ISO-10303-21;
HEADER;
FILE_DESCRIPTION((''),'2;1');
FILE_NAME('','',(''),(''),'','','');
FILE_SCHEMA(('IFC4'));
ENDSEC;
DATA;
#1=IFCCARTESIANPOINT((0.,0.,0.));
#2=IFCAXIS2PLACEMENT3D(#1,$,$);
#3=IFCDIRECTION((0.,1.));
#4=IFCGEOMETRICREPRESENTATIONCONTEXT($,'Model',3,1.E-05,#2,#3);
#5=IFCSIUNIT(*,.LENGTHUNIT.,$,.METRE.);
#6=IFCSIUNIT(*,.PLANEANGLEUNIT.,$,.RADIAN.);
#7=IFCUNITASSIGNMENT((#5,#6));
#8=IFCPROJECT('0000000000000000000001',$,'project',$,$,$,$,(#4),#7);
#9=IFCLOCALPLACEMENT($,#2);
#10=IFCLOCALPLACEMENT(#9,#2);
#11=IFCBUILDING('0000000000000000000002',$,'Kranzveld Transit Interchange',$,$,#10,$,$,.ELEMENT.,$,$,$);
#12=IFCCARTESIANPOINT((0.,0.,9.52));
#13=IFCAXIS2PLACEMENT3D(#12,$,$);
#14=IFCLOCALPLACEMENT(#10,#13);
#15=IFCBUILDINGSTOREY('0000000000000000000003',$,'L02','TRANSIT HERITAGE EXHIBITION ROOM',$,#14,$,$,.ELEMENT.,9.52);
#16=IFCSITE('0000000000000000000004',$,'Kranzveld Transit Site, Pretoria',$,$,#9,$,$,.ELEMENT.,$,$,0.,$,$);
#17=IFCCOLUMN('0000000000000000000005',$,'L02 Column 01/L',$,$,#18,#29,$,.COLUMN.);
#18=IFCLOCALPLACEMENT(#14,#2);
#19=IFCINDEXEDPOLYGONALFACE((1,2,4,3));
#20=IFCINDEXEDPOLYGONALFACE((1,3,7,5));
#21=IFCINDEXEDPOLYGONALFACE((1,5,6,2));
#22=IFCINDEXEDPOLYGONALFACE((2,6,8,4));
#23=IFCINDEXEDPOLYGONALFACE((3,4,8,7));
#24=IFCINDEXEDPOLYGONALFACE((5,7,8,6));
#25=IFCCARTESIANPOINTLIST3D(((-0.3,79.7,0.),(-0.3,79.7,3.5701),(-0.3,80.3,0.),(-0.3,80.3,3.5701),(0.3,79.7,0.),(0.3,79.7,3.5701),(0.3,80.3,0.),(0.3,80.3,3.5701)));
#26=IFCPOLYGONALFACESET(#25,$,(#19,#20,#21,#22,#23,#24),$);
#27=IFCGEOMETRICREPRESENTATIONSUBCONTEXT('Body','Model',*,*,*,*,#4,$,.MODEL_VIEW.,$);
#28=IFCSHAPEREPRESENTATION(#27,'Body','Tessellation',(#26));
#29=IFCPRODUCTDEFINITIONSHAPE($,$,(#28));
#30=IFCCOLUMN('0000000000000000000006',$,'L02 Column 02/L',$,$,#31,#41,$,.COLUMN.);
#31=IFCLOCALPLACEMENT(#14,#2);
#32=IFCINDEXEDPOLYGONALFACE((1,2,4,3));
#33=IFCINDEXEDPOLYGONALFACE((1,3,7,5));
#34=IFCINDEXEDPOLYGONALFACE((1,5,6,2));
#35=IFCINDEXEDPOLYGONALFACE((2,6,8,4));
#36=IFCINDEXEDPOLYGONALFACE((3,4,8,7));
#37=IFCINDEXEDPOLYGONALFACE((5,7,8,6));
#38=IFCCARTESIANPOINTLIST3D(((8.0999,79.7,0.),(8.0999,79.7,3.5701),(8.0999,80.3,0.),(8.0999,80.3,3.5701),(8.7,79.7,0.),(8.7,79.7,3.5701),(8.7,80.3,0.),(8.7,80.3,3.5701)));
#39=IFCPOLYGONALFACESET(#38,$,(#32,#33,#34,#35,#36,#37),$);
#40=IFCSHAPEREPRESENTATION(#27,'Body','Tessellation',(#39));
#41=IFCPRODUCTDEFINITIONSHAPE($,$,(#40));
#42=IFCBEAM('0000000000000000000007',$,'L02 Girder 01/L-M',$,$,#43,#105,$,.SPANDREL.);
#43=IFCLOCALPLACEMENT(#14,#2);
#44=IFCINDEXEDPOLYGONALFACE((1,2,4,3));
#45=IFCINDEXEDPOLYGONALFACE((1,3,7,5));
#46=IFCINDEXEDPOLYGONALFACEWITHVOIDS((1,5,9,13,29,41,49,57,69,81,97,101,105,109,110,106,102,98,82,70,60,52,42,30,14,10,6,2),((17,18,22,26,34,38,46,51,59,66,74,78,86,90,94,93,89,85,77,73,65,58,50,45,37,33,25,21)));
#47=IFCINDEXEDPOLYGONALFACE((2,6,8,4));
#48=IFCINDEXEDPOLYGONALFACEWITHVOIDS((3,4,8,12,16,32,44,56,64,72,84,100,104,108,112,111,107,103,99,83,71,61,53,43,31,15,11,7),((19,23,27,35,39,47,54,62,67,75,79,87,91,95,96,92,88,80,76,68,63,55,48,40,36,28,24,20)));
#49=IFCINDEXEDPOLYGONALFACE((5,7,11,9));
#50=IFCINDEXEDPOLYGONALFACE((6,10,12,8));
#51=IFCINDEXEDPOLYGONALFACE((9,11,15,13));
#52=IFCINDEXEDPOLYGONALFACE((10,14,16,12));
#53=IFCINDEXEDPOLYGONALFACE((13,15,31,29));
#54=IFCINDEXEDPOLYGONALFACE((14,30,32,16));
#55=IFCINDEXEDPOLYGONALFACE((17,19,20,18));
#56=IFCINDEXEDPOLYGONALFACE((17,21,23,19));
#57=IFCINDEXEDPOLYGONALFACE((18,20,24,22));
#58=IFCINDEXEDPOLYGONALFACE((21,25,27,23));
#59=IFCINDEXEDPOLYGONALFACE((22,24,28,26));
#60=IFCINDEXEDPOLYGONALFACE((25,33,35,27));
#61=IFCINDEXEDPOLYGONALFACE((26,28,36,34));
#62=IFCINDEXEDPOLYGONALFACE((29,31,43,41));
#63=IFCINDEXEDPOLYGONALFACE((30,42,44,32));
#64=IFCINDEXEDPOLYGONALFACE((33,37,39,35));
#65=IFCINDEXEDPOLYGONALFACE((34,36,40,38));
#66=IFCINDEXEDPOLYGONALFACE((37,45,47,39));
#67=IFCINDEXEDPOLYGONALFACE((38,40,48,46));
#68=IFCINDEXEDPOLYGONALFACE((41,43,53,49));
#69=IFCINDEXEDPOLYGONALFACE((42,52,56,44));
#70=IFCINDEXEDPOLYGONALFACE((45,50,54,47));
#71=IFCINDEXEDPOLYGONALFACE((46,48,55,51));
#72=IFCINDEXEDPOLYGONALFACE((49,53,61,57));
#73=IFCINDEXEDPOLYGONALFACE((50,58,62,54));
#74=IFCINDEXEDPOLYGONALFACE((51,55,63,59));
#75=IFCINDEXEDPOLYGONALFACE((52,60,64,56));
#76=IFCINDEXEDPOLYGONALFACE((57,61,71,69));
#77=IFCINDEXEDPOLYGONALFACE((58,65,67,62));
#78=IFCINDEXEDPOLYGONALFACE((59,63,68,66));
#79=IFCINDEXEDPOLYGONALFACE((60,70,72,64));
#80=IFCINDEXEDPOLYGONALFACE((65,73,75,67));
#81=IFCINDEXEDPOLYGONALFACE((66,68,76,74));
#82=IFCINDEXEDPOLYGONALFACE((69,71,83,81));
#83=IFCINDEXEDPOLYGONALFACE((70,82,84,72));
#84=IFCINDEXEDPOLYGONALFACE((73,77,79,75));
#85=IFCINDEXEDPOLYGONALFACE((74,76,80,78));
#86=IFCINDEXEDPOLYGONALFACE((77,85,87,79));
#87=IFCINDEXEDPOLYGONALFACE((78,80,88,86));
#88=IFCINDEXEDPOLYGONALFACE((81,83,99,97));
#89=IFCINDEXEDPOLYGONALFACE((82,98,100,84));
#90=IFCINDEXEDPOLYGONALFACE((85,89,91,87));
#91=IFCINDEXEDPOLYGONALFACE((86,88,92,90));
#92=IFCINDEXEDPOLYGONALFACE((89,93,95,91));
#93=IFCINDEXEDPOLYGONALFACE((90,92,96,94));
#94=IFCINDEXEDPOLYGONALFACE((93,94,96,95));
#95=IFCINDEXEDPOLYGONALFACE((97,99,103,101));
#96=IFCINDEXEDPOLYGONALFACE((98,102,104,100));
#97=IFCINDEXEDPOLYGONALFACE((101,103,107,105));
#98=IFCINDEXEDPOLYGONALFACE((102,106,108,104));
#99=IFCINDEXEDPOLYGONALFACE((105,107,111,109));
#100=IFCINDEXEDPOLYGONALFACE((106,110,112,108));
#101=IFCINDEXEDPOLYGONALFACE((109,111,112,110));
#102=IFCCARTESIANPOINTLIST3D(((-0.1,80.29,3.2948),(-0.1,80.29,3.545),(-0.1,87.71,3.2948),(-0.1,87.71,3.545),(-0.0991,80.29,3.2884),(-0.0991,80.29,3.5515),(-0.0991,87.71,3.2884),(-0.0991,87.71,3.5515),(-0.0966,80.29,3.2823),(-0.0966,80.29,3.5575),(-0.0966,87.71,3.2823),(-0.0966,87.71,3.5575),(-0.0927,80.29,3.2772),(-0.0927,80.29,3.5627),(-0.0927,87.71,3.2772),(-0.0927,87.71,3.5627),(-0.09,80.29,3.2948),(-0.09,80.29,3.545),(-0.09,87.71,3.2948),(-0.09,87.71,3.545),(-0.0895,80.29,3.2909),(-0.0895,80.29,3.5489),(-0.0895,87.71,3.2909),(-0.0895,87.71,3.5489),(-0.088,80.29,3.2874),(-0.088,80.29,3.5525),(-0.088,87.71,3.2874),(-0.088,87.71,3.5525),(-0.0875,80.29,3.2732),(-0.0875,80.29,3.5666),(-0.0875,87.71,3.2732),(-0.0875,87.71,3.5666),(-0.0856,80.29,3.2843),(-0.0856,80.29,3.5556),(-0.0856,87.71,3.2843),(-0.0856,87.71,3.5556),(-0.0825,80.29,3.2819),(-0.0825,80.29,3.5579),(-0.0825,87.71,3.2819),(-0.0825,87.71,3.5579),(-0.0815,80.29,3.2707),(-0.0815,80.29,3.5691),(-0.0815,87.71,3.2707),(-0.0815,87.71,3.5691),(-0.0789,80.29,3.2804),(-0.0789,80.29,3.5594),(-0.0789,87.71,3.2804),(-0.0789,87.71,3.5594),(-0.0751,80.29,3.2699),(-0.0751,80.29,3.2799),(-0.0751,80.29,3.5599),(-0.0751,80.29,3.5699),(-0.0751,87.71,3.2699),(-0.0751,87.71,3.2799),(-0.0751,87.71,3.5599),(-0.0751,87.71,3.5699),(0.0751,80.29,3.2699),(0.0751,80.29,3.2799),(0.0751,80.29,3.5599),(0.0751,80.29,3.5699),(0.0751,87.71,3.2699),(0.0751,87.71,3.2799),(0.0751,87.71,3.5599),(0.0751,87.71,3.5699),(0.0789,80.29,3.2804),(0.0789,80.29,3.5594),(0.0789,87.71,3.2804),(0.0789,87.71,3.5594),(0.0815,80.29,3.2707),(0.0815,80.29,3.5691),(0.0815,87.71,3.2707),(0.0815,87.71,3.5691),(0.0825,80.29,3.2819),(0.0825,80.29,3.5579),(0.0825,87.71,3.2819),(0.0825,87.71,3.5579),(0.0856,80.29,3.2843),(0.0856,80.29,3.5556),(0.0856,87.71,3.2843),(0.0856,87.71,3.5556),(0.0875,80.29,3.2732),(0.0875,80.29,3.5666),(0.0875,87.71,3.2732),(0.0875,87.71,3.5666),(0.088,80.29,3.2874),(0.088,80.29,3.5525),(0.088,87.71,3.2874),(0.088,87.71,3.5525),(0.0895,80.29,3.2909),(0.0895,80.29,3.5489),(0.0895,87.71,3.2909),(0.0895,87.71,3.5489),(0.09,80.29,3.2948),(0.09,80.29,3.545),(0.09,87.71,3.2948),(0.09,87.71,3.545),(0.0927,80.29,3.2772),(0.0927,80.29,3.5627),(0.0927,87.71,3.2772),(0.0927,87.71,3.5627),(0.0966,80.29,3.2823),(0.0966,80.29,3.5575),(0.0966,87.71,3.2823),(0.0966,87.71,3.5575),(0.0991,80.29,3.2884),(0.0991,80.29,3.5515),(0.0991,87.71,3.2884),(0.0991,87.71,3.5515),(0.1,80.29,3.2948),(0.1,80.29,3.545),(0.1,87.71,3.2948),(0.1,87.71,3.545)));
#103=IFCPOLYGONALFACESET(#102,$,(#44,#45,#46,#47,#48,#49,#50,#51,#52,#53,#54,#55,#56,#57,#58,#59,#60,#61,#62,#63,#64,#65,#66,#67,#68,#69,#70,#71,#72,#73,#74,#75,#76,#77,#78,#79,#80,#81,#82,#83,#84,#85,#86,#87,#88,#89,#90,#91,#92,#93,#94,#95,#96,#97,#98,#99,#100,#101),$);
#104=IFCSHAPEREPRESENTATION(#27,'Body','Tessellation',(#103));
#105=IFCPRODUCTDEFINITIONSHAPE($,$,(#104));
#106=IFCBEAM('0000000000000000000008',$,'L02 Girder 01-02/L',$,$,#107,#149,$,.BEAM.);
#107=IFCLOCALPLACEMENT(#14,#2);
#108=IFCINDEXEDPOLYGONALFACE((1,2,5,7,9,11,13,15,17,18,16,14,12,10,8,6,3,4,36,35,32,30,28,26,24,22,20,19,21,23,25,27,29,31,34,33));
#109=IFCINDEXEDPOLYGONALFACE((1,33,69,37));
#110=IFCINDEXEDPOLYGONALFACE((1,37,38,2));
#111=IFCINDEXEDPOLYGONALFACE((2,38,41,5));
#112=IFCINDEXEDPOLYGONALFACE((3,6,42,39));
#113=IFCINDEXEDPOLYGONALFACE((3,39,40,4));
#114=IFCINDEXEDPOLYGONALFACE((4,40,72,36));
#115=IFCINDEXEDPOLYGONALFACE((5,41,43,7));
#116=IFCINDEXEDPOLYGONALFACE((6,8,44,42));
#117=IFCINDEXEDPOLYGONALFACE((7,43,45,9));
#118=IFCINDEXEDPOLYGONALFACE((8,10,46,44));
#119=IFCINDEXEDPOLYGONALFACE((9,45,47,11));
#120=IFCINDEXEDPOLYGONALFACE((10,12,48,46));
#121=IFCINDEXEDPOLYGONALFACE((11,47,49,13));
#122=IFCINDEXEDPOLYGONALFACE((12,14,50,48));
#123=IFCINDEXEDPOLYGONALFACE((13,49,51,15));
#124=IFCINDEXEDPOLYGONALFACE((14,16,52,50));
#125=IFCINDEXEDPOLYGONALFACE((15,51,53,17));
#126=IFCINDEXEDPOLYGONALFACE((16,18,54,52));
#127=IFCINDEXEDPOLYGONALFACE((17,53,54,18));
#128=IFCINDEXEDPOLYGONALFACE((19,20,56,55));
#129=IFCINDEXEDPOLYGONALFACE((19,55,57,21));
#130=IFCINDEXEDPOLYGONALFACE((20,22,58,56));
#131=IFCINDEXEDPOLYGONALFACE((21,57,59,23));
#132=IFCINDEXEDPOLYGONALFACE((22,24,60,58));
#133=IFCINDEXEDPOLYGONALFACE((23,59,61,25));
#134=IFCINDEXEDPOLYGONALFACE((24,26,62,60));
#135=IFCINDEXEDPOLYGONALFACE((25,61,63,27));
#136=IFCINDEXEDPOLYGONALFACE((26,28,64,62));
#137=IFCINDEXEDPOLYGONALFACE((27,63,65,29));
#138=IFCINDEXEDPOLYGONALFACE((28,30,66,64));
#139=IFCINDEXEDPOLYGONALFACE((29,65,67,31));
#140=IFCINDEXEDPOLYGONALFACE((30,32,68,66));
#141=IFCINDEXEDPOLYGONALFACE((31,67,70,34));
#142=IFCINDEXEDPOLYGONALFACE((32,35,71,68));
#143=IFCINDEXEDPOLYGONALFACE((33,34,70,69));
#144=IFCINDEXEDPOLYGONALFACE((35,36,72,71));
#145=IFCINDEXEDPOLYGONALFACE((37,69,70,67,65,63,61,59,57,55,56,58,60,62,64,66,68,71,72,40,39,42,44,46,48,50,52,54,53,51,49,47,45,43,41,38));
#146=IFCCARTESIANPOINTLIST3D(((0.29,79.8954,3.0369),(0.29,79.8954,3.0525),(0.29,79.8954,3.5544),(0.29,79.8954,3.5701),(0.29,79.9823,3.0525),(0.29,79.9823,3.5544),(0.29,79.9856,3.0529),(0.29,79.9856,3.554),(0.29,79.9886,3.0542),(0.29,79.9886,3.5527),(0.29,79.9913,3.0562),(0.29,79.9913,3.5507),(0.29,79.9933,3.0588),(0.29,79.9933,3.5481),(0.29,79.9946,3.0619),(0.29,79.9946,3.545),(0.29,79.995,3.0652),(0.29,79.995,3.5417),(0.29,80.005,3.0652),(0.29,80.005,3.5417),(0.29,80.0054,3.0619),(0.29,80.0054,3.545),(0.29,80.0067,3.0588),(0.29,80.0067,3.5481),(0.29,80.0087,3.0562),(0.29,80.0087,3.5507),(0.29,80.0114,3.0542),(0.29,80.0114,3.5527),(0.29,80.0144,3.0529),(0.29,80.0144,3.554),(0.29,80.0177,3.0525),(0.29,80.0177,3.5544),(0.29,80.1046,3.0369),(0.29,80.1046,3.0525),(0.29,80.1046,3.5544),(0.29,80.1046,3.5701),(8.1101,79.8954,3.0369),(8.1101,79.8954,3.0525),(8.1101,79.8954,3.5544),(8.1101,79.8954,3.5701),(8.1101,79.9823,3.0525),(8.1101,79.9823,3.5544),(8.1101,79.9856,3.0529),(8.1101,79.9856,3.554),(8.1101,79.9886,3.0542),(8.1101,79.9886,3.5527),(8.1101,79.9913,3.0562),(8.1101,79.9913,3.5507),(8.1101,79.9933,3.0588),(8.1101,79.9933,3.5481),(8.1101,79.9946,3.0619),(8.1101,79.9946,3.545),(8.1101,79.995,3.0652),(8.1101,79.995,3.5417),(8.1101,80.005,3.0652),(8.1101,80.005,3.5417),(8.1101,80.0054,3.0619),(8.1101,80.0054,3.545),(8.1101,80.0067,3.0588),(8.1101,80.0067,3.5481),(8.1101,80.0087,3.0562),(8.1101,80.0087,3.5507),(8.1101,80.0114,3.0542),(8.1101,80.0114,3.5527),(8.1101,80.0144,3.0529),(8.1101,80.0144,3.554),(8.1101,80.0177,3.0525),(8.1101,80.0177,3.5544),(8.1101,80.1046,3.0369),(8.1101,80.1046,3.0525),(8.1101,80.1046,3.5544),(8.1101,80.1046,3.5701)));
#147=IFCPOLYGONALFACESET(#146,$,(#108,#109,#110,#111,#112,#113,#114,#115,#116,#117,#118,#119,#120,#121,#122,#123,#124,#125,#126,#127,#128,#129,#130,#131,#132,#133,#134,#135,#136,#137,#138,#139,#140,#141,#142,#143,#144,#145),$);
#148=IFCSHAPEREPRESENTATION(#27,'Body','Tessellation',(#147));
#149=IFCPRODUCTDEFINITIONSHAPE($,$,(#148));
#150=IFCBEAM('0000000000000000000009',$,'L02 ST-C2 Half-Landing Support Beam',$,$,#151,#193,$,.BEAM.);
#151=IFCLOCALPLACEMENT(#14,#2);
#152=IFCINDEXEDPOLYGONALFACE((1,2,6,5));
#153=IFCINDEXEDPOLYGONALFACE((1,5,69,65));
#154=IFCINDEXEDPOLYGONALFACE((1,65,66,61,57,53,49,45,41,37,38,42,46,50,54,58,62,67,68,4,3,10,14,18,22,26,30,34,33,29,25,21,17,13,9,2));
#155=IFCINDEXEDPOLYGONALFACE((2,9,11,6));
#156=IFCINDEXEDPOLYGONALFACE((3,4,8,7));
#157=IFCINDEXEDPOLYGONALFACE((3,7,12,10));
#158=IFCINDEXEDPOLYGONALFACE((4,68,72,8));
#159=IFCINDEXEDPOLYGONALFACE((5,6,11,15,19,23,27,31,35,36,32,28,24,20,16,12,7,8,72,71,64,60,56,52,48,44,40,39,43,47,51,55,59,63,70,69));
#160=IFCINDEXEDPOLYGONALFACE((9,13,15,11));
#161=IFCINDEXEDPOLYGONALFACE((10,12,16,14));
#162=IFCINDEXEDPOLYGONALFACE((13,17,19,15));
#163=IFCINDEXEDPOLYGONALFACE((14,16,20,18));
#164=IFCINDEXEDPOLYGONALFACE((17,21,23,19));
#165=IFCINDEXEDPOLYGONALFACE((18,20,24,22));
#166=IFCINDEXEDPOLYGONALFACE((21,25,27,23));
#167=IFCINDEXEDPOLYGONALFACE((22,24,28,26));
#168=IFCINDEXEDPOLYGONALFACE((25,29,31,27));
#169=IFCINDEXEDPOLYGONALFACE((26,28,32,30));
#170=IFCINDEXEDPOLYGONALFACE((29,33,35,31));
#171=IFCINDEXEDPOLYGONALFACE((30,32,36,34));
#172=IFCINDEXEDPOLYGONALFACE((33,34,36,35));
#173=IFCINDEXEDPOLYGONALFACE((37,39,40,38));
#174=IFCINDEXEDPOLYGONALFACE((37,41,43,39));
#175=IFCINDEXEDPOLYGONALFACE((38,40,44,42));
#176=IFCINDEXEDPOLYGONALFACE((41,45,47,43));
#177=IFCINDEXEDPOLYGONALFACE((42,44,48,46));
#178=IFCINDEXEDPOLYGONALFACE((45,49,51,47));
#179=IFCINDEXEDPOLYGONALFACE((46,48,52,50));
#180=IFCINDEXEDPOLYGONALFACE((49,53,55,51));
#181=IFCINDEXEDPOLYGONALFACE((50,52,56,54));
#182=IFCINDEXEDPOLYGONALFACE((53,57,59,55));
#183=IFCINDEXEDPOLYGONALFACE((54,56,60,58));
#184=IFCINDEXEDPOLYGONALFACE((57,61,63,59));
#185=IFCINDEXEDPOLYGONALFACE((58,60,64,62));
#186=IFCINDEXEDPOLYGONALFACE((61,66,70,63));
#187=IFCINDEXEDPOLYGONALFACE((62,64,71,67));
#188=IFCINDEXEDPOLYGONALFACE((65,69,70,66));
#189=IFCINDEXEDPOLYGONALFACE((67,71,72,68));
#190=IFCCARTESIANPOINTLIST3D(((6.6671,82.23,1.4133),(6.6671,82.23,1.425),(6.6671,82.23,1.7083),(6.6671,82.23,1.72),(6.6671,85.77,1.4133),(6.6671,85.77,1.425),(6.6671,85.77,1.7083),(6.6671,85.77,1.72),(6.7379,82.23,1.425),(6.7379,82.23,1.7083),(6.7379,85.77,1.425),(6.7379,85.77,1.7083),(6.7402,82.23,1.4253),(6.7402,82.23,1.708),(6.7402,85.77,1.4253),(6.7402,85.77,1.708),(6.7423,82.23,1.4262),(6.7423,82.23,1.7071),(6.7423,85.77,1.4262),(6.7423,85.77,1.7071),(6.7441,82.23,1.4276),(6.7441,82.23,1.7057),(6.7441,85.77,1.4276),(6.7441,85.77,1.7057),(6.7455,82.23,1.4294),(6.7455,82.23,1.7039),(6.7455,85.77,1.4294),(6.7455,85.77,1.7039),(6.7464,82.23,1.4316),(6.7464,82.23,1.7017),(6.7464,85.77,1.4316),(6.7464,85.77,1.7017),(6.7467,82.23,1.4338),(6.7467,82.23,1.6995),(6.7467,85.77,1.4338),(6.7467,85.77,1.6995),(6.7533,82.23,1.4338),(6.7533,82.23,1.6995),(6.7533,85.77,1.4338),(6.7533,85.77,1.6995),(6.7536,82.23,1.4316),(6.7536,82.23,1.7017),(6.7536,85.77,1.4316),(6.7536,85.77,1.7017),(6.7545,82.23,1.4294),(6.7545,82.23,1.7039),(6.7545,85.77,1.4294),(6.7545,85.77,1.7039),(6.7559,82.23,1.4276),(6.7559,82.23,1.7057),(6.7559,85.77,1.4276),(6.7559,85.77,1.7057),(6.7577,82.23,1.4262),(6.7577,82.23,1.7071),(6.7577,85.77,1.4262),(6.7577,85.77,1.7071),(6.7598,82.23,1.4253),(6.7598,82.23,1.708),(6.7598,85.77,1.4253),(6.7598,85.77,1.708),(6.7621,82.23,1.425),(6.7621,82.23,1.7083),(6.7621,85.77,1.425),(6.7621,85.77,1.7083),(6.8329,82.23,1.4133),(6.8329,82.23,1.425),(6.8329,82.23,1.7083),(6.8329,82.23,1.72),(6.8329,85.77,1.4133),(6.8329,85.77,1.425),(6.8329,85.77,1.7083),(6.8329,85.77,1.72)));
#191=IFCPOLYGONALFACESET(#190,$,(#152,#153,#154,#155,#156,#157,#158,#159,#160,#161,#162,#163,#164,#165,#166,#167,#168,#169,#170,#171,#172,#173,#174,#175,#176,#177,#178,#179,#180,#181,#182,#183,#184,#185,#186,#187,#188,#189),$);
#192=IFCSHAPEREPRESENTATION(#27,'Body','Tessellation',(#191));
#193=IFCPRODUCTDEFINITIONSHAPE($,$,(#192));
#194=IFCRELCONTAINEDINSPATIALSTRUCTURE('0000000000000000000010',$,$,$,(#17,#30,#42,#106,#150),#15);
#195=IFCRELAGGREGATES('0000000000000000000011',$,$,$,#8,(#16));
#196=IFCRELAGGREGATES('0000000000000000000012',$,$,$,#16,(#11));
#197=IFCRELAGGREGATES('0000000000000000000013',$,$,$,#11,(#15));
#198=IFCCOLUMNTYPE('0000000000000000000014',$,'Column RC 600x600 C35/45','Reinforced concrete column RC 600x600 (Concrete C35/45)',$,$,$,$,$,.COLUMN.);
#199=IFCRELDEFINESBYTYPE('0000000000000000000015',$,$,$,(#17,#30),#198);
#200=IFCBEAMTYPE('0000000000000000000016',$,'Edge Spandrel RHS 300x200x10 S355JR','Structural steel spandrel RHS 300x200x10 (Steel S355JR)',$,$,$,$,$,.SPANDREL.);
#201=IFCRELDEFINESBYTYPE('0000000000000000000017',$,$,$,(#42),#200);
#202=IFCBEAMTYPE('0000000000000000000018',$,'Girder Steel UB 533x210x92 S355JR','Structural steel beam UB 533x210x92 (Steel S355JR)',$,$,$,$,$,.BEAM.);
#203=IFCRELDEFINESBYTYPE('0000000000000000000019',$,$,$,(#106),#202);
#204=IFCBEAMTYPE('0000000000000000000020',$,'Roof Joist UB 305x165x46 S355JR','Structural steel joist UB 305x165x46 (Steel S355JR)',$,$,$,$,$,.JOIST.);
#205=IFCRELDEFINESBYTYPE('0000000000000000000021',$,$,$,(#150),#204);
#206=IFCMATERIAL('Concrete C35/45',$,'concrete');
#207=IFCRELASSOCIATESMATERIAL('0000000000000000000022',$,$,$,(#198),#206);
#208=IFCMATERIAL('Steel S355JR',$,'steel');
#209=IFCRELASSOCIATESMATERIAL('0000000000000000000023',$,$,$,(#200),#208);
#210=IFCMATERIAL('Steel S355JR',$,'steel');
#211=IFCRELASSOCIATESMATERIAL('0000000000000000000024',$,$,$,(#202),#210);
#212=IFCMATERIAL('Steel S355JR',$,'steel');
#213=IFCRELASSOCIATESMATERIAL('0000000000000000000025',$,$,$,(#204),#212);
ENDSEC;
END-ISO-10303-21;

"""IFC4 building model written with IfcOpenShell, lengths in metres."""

from ifc_helpers import new_model, si_unit, direction, frame, origin, origin_2d, place, context, subcontext, project, spatial, rectangle, hollow_rectangle, i_section, extrude, material, material_profile, profile_set, type_object, element, save


model = new_model("IFC4")

# Units and contexts
model_context = context("Model", 3, precision=1e-05, world=origin(), true_north=direction((0.0, 1.0)))
body_context = subcontext(model_context, "Body", "Model", "MODEL_VIEW")
ifc_project = project(units=[si_unit("LENGTHUNIT", "METRE"), si_unit("PLANEANGLEUNIT", "RADIAN")], contexts=[model_context])

# Site, building, storey
site_placement = place(None, origin())
site = spatial("IfcSite", under=ifc_project, at=site_placement, Name="Kranzveld Transit Site, Pretoria", CompositionType="ELEMENT", RefElevation=0.0)
building_placement = place(site_placement, origin())
building = spatial("IfcBuilding", under=site, at=building_placement, Name="Kranzveld Transit Interchange", CompositionType="ELEMENT")
storey_placement = place(building_placement, frame((0.0, 0.0, 9.52)))
storey = spatial("IfcBuildingStorey", under=building, at=storey_placement, Name="L02", Description="TRANSIT HERITAGE EXHIBITION ROOM", CompositionType="ELEMENT", Elevation=9.52)

# Columns
ifc_material_1 = material(Name="Concrete C35/45", Category="concrete")
ifc_material_profile_1 = material_profile(ifc_material_1, rectangle(XDim=0.6001, YDim=0.6001, at=origin_2d()), Name="RC 600x600")
ifc_profile_set_1 = profile_set([ifc_material_profile_1], Name="Concrete C35/45")
column_type = type_object("IfcColumnType", Name="Column RC 600x600 C35/45", Description="Reinforced concrete column RC 600x600 (Concrete C35/45)", PredefinedType="COLUMN", material=ifc_profile_set_1)
for number, where, z_axis, x_axis, name in (
    (1, (0.0, 80.0, 0.0), (0.0, 0.0, 1.0), (1.0, 0.0, 0.0), "L02 Column 01/L"),
    (2, (8.3999, 80.0, 0.0), (0.0, 0.0, 1.0), (1.0, 0.0, 0.0), "L02 Column 02/L"),
):
    element("IfcColumn", number, at=place(storey_placement, frame(where, z_axis=z_axis, x_axis=x_axis)), inside=storey, type_object=column_type, Name=name, PredefinedType="COLUMN", context=body_context, shape_type="SweptSolid", body=[
        extrude(rectangle(XDim=0.6001, YDim=0.6001, at=origin_2d()), origin(), (0.0, 0.0, 1.0), 3.5701),
    ])

# Beams
ifc_material_2 = material(Name="Steel S355JR", Category="steel")
ifc_material_profile_2 = material_profile(ifc_material_2, hollow_rectangle(XDim=0.2, YDim=0.3, WallThickness=0.01, InnerFilletRadius=0.0149, OuterFilletRadius=0.0249, at=origin_2d()), Name="RHS 300x200x10")
ifc_profile_set_2 = profile_set([ifc_material_profile_2], Name="Steel S355JR")
beam_type_1 = type_object("IfcBeamType", Name="Edge Spandrel RHS 300x200x10 S355JR", Description="Structural steel spandrel RHS 300x200x10 (Steel S355JR)", PredefinedType="SPANDREL", material=ifc_profile_set_2)
beam_1_placement = place(storey_placement, frame((0.0, 80.29, 3.4199), z_axis=(0.0, 1.0, 0.0), x_axis=(-1.0, 0.0, 0.0)))
element("IfcBeam", 3, at=beam_1_placement, inside=storey, type_object=beam_type_1, Name="L02 Girder 01/L-M", PredefinedType="SPANDREL", context=body_context, shape_type="SweptSolid", body=[
    extrude(hollow_rectangle(XDim=0.2, YDim=0.3, WallThickness=0.01, InnerFilletRadius=0.0149, OuterFilletRadius=0.0249, at=origin_2d()), origin(), (0.0, 0.0, 1.0), 7.4199),
])
ifc_material_3 = material(Name="Steel S355JR", Category="steel")
ifc_material_profile_3 = material_profile(ifc_material_3, i_section(OverallWidth=0.2092, OverallDepth=0.5332, WebThickness=0.01, FlangeThickness=0.0156, FilletRadius=0.0127, at=origin_2d()), Name="UB 533x210x92")
ifc_profile_set_3 = profile_set([ifc_material_profile_3], Name="Steel S355JR")
beam_type_2 = type_object("IfcBeamType", Name="Girder Steel UB 533x210x92 S355JR", Description="Structural steel beam UB 533x210x92 (Steel S355JR)", PredefinedType="BEAM", material=ifc_profile_set_3)
beam_2_placement = place(storey_placement, frame((0.29, 80.0, 3.3035), z_axis=(1.0, 0.0, 0.0), x_axis=(0.0, 1.0, 0.0)))
element("IfcBeam", 4, at=beam_2_placement, inside=storey, type_object=beam_type_2, Name="L02 Girder 01-02/L", PredefinedType="BEAM", context=body_context, shape_type="SweptSolid", body=[
    extrude(i_section(OverallWidth=0.2092, OverallDepth=0.5332, WebThickness=0.01, FlangeThickness=0.0156, FilletRadius=0.0127, at=origin_2d()), origin(), (0.0, 0.0, 1.0), 7.8201),
])
ifc_material_4 = material(Name="Steel S355JR", Category="steel")
ifc_material_profile_4 = material_profile(ifc_material_4, i_section(OverallWidth=0.1658, OverallDepth=0.3066, WebThickness=0.0066, FlangeThickness=0.0117, FilletRadius=0.0088, at=origin_2d()), Name="UB 305x165x46")
ifc_profile_set_4 = profile_set([ifc_material_profile_4], Name="Steel S355JR")
beam_type_3 = type_object("IfcBeamType", Name="Roof Joist UB 305x165x46 S355JR", Description="Structural steel joist UB 305x165x46 (Steel S355JR)", PredefinedType="JOIST", material=ifc_profile_set_4)
beam_3_placement = place(storey_placement, frame((6.75, 82.23, 1.5667), z_axis=(0.0, 1.0, 0.0), x_axis=(-1.0, 0.0, 0.0)))
element("IfcBeam", 5, at=beam_3_placement, inside=storey, type_object=beam_type_3, Name="L02 ST-C2 Half-Landing Support Beam", PredefinedType="BEAM", context=body_context, shape_type="SweptSolid", body=[
    extrude(i_section(OverallWidth=0.1658, OverallDepth=0.3066, WebThickness=0.0066, FlangeThickness=0.0117, FilletRadius=0.0088, at=origin_2d()), origin(), (0.0, 0.0, 1.0), 3.54),
])

save(model, "model.ifc")
